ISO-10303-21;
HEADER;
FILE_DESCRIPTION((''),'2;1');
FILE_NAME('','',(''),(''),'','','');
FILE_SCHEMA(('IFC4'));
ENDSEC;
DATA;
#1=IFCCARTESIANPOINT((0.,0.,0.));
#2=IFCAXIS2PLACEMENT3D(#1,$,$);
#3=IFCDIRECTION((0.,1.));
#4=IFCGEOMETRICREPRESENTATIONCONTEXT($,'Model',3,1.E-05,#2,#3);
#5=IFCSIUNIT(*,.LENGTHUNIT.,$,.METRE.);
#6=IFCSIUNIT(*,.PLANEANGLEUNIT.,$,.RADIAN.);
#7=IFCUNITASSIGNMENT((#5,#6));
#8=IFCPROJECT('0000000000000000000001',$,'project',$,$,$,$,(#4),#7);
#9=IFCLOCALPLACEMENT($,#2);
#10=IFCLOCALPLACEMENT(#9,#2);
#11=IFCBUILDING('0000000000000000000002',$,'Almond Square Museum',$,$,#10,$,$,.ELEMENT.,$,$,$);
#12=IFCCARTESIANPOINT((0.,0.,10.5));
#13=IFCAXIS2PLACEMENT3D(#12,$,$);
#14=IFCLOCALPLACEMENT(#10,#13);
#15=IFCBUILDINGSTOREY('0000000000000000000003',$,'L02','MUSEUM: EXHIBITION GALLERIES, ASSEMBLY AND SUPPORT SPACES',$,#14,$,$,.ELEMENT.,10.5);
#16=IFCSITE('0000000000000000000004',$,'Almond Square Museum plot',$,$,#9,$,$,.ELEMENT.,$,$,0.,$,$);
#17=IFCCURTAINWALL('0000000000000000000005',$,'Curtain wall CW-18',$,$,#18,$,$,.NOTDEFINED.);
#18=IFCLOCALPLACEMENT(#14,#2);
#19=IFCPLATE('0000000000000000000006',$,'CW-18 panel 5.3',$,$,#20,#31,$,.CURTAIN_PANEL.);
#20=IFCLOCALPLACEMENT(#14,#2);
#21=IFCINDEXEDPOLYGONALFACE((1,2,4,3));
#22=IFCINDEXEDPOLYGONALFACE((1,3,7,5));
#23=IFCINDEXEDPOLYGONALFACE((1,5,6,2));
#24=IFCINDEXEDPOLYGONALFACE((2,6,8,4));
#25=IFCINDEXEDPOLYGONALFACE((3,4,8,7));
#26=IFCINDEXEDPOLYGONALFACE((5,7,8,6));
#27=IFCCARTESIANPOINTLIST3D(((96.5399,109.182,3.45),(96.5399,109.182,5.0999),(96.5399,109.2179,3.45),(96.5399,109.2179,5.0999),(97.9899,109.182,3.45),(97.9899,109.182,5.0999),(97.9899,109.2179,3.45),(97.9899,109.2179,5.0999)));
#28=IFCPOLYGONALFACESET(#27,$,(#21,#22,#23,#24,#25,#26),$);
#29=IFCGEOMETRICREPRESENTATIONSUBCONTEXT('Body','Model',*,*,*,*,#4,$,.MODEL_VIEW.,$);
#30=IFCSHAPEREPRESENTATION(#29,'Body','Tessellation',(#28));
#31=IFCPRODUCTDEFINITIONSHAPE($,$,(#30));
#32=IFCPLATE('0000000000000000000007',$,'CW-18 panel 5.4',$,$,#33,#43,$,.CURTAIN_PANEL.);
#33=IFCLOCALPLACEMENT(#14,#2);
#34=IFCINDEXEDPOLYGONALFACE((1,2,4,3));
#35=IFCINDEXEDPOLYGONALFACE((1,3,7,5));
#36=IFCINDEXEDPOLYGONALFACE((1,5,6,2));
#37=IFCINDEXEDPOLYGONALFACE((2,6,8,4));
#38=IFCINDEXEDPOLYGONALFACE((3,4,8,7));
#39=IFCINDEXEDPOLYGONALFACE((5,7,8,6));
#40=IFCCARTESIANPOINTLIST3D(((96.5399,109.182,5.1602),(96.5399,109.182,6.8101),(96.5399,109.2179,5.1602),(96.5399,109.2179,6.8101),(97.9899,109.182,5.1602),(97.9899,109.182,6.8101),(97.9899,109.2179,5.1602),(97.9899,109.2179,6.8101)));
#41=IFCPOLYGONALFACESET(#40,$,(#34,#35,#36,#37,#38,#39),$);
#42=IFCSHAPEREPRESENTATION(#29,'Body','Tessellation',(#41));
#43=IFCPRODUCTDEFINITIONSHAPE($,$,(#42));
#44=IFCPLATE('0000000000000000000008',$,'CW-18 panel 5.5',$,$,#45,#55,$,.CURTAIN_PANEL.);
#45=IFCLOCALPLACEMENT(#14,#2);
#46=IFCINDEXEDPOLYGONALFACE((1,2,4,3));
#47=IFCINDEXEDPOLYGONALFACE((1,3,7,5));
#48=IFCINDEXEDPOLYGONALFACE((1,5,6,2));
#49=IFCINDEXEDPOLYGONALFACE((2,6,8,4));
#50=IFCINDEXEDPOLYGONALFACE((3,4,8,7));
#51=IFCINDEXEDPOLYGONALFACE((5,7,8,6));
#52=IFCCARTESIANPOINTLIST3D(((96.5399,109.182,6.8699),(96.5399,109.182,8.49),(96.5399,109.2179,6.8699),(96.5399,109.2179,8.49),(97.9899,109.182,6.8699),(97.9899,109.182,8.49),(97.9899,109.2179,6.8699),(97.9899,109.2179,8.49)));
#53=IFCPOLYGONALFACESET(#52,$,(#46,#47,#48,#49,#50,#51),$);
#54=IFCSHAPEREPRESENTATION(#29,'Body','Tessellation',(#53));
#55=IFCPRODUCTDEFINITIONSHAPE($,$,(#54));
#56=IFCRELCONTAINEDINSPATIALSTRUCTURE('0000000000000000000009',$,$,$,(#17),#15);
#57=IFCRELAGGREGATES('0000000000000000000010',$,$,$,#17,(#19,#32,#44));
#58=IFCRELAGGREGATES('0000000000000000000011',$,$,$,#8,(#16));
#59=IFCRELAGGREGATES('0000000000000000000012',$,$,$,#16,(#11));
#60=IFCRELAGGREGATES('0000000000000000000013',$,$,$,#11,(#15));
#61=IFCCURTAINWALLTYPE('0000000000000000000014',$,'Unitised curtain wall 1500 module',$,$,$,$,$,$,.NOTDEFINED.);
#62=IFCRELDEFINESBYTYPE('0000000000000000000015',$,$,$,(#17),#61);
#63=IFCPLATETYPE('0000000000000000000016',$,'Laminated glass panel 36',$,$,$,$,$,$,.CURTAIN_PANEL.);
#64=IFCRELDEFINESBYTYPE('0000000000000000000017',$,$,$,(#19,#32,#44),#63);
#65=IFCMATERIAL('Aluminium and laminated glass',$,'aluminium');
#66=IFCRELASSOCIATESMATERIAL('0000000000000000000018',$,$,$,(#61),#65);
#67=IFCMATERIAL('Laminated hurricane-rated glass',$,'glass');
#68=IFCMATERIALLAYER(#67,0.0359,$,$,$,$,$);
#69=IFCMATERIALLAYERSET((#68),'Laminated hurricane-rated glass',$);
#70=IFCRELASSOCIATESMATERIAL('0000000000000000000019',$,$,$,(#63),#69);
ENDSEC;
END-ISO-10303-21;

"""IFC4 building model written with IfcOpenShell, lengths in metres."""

from ifc_helpers import new_model, si_unit, direction, frame, origin, origin_2d, place, context, subcontext, project, spatial, rectangle, extrude, material, layer, layer_set, type_object, element, aggregate, save


model = new_model("IFC4")

# Units and contexts
model_context = context("Model", 3, precision=1e-05, world=origin(), true_north=direction((0.0, 1.0)))
body_context = subcontext(model_context, "Body", "Model", "MODEL_VIEW")
ifc_project = project(units=[si_unit("LENGTHUNIT", "METRE"), si_unit("PLANEANGLEUNIT", "RADIAN")], contexts=[model_context])

# Site, building, storey
site_placement = place(None, origin())
site = spatial("IfcSite", under=ifc_project, at=site_placement, Name="Almond Square Museum plot", CompositionType="ELEMENT", RefElevation=0.0)
building_placement = place(site_placement, origin())
building = spatial("IfcBuilding", under=site, at=building_placement, Name="Almond Square Museum", CompositionType="ELEMENT")
storey_placement = place(building_placement, frame((0.0, 0.0, 10.5)))
storey = spatial("IfcBuildingStorey", under=building, at=storey_placement, Name="L02", Description="MUSEUM: EXHIBITION GALLERIES, ASSEMBLY AND SUPPORT SPACES", CompositionType="ELEMENT", Elevation=10.5)

# Curtain wall, plates
ifc_material_1 = material(Name="Aluminium and laminated glass", Category="aluminium")
curtain_wall_type = type_object("IfcCurtainWallType", Name="Unitised curtain wall 1500 module", PredefinedType="NOTDEFINED", material=ifc_material_1)
curtain_wall_placement = place(storey_placement, origin())
curtain_wall = element("IfcCurtainWall", 1, at=curtain_wall_placement, inside=storey, type_object=curtain_wall_type, Name="Curtain wall CW-18", PredefinedType="NOTDEFINED")
ifc_material_2 = material(Name="Laminated hurricane-rated glass", Category="glass")
ifc_layer = layer(ifc_material_2, 0.0359)
ifc_layer_set = layer_set([ifc_layer], Name="Laminated hurricane-rated glass")
plate_type = type_object("IfcPlateType", Name="Laminated glass panel 36", PredefinedType="CURTAIN_PANEL", material=ifc_layer_set)
plate_1_placement = place(storey_placement, frame((97.2649, 109.2, 3.45), z_axis=(0.0, 0.0, 1.0), x_axis=(1.0, 0.0, 0.0)))
plate_1 = element("IfcPlate", 2, at=plate_1_placement, type_object=plate_type, Name="CW-18 panel 5.3", PredefinedType="CURTAIN_PANEL", context=body_context, shape_type="SweptSolid", body=[
    extrude(rectangle(XDim=1.45, YDim=0.0359, at=origin_2d()), origin(), (0.0, 0.0, 1.0), 1.6499),
])
plate_2_placement = place(storey_placement, frame((97.2649, 109.2, 5.1602), z_axis=(0.0, 0.0, 1.0), x_axis=(1.0, 0.0, 0.0)))
plate_2 = element("IfcPlate", 3, at=plate_2_placement, type_object=plate_type, Name="CW-18 panel 5.4", PredefinedType="CURTAIN_PANEL", context=body_context, shape_type="SweptSolid", body=[
    extrude(rectangle(XDim=1.45, YDim=0.0359, at=origin_2d()), origin(), (0.0, 0.0, 1.0), 1.6499),
])
plate_3_placement = place(storey_placement, frame((97.2649, 109.2, 6.8699), z_axis=(0.0, 0.0, 1.0), x_axis=(1.0, 0.0, 0.0)))
plate_3 = element("IfcPlate", 4, at=plate_3_placement, type_object=plate_type, Name="CW-18 panel 5.5", PredefinedType="CURTAIN_PANEL", context=body_context, shape_type="SweptSolid", body=[
    extrude(rectangle(XDim=1.45, YDim=0.0359, at=origin_2d()), origin(), (0.0, 0.0, 1.0), 1.6201),
])
aggregate(curtain_wall, [plate_1, plate_2, plate_3])

save(model, "model.ifc")
